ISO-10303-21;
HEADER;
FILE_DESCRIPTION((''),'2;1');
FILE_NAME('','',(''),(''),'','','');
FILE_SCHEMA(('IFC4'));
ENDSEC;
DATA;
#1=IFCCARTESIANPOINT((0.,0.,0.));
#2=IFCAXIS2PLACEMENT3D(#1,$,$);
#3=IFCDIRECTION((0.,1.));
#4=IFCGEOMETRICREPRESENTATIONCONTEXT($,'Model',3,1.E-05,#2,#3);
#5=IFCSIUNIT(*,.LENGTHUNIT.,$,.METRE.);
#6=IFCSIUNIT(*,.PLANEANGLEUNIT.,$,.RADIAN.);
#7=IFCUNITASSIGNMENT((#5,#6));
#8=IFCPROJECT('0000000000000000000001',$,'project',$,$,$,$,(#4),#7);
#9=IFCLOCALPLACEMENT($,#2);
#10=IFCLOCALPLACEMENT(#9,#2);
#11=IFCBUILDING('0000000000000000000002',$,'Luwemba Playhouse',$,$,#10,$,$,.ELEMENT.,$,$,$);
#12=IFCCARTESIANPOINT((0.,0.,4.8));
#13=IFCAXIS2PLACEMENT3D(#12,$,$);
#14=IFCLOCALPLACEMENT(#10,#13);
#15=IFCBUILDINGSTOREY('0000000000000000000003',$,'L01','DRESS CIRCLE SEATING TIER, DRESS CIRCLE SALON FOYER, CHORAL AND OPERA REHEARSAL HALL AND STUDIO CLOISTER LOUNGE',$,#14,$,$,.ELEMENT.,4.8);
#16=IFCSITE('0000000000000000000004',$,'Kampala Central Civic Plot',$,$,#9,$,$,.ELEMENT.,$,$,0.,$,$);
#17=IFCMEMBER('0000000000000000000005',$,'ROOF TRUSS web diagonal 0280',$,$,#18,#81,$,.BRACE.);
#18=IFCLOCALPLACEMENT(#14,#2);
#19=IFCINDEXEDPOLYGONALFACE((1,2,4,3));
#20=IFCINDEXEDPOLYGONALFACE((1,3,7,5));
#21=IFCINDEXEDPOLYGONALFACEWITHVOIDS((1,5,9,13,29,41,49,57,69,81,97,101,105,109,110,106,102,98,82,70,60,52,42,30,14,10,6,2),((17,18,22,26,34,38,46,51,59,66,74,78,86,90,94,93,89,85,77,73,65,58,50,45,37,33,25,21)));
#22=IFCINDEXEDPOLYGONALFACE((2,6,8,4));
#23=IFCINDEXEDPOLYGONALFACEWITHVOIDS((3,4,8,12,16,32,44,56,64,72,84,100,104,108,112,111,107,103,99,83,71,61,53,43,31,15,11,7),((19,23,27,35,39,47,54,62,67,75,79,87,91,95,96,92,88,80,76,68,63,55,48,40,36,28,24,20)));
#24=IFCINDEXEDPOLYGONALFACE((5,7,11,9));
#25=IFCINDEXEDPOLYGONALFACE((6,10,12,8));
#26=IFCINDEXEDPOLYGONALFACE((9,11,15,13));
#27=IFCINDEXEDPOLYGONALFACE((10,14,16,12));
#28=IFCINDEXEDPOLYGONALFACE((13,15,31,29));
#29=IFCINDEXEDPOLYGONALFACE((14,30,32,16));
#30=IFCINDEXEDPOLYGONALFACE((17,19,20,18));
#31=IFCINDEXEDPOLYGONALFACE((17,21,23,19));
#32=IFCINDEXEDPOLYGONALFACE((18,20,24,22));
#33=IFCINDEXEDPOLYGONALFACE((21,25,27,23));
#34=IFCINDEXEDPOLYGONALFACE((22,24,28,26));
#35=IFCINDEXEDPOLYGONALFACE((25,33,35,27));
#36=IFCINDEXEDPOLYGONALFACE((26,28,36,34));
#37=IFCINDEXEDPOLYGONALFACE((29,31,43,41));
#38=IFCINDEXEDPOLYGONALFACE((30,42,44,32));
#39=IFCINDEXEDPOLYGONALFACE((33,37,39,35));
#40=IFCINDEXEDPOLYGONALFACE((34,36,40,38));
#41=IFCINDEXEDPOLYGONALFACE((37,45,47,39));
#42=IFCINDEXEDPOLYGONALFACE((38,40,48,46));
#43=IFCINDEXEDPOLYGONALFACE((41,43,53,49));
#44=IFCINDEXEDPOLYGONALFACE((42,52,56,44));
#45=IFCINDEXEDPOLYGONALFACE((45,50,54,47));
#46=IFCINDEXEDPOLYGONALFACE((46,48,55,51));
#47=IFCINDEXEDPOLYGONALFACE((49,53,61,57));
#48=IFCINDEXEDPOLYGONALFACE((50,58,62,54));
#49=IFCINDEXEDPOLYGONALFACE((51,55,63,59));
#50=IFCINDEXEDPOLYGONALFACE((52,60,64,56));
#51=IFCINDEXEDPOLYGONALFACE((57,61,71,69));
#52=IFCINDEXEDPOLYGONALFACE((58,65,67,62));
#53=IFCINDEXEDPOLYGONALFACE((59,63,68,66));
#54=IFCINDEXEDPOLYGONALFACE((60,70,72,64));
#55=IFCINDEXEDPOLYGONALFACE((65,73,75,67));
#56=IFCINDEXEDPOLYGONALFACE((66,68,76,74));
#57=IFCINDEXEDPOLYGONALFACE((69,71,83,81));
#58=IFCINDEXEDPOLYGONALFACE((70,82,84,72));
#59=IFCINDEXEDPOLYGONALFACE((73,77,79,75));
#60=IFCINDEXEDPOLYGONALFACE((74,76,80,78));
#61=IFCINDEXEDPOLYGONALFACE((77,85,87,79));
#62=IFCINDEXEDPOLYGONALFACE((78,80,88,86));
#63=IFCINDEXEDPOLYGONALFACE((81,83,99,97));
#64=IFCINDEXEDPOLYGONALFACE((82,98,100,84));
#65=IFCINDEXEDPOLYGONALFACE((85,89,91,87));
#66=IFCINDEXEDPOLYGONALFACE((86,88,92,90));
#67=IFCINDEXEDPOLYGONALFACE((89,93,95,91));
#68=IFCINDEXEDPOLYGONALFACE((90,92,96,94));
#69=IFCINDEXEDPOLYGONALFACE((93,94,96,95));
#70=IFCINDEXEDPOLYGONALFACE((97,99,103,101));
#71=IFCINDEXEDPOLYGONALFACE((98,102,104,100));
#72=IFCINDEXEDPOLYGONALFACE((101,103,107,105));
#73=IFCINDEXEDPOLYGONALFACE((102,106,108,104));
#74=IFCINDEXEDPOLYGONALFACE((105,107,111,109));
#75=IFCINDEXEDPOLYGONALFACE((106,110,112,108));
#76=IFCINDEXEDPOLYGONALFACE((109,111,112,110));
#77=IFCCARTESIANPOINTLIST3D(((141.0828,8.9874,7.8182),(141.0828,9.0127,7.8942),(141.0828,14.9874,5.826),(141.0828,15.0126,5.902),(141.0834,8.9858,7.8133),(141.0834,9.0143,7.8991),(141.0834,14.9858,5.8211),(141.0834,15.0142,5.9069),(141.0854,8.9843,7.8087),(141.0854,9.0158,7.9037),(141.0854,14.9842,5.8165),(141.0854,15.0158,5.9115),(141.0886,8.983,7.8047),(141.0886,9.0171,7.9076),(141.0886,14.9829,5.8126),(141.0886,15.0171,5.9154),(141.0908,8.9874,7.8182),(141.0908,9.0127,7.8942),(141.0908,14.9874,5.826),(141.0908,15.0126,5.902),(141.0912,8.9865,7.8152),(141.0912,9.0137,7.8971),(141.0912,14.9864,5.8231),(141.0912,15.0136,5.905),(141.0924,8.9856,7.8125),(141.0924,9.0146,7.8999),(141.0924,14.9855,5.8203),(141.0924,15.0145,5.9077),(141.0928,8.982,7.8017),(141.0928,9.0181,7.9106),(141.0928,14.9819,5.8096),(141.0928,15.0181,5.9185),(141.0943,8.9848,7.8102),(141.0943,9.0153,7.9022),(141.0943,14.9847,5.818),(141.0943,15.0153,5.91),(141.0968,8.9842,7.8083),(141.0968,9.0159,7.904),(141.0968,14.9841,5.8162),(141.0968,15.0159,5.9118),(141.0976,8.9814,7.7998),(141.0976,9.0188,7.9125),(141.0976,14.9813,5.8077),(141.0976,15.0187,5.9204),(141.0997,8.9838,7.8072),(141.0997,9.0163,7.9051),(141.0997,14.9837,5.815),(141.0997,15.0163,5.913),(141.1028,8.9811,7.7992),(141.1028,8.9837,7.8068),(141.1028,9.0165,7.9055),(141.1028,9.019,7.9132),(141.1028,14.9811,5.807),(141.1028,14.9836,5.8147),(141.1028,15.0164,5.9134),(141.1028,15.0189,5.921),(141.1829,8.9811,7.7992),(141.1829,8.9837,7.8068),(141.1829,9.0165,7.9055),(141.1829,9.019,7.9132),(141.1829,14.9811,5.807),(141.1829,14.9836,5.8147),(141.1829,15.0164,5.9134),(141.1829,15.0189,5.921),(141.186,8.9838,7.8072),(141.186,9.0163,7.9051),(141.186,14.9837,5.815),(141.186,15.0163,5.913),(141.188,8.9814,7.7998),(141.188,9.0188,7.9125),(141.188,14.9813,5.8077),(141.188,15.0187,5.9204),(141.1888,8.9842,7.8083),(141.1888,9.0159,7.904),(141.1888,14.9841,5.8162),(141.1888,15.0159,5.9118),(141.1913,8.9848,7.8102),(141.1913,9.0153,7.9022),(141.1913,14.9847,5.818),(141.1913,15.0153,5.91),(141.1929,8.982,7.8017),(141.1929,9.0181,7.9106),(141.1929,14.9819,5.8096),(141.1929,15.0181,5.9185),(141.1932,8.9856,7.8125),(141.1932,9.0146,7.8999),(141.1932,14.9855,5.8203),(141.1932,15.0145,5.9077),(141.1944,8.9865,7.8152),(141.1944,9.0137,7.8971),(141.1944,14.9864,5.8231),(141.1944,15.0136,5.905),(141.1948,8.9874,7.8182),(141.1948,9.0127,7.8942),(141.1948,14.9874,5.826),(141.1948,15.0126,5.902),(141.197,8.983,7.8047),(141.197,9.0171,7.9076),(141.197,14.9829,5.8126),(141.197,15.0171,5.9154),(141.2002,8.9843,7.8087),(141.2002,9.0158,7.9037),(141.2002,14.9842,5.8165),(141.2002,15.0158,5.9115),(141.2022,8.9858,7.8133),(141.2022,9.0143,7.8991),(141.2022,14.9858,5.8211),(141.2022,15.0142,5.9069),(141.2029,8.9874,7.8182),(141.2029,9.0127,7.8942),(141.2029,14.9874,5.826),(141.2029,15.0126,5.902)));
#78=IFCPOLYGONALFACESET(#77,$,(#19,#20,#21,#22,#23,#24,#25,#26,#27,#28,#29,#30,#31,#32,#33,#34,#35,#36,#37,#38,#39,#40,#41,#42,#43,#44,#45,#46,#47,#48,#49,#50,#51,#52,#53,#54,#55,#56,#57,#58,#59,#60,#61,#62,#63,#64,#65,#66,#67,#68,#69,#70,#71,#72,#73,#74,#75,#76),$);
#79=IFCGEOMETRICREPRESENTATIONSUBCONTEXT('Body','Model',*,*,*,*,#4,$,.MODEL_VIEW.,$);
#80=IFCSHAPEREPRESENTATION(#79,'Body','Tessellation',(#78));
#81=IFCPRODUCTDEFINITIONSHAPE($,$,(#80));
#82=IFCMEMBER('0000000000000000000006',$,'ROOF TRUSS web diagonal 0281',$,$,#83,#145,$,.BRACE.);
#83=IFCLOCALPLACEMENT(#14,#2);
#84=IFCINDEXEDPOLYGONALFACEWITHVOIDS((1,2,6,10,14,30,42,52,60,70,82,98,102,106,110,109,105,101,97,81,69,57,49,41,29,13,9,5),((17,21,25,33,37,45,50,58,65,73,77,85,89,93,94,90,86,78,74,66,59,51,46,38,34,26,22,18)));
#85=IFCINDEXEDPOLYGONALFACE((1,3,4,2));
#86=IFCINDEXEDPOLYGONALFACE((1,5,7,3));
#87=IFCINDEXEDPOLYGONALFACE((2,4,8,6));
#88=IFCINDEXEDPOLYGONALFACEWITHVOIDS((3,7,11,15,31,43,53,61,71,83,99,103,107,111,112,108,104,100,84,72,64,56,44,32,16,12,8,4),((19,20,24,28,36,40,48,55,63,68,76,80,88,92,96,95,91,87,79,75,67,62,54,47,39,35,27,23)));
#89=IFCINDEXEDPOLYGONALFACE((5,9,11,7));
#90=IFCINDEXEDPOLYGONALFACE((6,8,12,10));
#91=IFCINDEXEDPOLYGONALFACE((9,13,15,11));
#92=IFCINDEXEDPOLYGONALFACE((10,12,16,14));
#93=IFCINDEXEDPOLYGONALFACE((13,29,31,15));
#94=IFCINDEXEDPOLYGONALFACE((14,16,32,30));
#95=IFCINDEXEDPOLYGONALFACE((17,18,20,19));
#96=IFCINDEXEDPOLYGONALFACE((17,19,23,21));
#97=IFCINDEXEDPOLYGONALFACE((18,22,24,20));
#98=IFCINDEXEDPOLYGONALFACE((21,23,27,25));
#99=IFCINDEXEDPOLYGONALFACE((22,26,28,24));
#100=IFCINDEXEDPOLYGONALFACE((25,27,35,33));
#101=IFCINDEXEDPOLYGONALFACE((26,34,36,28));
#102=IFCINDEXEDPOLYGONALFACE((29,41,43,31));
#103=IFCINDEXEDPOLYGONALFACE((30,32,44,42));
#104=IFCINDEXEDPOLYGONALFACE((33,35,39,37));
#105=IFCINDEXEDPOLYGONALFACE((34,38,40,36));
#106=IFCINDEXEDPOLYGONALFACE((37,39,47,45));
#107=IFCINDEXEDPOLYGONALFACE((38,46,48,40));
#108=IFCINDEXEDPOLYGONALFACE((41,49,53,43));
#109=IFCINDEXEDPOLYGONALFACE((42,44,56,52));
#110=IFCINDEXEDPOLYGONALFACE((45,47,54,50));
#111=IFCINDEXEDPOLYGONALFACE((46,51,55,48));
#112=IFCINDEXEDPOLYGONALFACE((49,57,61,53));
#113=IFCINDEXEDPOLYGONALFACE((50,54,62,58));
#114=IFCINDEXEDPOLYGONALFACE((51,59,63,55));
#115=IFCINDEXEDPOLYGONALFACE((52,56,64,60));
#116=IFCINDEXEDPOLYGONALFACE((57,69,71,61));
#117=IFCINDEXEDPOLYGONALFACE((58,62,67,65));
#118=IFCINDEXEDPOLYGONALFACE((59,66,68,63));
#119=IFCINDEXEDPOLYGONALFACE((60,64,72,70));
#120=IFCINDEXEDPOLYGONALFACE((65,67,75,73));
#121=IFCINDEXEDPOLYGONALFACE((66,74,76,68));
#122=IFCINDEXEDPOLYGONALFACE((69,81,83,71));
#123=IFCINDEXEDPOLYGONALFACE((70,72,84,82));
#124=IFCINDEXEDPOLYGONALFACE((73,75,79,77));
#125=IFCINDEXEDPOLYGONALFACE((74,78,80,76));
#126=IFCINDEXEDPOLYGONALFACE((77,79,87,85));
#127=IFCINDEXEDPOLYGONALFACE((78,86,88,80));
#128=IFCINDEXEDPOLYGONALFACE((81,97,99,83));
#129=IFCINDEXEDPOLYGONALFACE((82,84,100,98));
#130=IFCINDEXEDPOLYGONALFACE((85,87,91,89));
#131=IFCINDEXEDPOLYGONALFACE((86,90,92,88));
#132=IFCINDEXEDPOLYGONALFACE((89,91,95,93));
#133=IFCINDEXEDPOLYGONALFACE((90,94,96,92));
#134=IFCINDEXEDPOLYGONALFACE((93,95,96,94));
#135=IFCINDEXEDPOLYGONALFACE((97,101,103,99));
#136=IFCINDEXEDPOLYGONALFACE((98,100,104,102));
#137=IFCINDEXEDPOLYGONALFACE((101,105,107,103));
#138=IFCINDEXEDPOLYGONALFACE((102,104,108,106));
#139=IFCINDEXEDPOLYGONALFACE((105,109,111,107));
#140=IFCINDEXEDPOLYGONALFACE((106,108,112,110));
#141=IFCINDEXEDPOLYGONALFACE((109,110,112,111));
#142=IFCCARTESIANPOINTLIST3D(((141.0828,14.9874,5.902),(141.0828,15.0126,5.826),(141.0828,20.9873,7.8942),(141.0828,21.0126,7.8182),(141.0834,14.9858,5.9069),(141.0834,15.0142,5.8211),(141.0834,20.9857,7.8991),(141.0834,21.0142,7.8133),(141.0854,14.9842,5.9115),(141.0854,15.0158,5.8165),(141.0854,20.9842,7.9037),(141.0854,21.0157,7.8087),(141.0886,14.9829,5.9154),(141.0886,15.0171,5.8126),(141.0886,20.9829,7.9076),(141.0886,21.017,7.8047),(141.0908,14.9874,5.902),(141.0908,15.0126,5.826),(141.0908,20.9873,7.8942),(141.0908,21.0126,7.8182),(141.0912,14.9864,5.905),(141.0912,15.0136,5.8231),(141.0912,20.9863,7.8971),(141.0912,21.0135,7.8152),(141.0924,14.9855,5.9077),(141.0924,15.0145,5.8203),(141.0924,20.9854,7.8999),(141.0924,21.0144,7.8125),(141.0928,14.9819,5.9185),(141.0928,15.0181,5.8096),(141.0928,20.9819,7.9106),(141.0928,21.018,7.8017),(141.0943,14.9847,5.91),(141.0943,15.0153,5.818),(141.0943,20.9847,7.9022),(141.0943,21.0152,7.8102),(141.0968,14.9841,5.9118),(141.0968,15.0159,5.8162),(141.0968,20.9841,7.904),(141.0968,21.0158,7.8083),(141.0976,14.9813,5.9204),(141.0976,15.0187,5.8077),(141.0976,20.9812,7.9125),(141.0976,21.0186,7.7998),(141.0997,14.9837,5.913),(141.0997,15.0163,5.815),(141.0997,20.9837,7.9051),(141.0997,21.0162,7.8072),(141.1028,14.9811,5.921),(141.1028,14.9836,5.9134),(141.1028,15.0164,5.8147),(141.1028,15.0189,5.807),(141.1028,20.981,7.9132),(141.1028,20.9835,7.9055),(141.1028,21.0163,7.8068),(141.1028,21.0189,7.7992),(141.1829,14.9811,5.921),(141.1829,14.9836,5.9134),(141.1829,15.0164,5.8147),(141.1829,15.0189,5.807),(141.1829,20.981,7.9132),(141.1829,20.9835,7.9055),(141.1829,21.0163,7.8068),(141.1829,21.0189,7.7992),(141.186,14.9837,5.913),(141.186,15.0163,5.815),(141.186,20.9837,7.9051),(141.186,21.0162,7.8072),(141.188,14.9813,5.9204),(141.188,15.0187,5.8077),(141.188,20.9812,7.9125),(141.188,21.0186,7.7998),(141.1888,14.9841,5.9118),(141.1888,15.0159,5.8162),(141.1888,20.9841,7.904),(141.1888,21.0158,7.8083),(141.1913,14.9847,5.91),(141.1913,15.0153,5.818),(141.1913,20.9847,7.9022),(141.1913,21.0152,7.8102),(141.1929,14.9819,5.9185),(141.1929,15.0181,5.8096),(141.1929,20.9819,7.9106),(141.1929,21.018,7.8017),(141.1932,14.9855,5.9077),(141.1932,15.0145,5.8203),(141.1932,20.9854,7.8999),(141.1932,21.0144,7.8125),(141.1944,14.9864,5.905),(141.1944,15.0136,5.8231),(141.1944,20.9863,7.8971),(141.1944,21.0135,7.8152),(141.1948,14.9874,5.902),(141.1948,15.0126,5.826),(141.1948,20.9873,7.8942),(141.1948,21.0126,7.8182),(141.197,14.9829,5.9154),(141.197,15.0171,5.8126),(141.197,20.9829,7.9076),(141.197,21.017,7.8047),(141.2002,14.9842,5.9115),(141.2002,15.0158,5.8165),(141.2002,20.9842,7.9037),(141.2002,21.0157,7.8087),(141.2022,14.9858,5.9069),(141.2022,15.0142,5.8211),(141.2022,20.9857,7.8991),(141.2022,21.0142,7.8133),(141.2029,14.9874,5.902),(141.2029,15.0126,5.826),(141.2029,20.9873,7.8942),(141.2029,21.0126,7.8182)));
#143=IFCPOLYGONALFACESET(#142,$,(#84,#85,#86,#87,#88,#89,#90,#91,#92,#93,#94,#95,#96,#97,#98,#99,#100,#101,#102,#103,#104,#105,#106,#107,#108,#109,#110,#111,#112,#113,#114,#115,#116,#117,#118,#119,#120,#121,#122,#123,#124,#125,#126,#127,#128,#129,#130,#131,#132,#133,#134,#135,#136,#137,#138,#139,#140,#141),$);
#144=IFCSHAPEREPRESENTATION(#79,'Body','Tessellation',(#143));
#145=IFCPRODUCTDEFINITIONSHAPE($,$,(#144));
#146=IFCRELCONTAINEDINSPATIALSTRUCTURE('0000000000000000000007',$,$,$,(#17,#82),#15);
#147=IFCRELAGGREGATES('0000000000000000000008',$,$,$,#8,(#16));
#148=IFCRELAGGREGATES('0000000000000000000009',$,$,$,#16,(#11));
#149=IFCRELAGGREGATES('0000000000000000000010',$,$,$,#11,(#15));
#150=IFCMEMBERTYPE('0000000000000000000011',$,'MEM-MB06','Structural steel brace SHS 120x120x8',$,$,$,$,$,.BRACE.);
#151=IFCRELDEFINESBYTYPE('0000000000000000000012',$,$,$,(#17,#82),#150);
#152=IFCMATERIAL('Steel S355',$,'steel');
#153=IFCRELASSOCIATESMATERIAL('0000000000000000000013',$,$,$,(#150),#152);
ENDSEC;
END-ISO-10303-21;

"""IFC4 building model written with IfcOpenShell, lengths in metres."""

from ifc_helpers import new_model, si_unit, direction, frame, origin, origin_2d, place, context, subcontext, project, spatial, hollow_rectangle, extrude, material, material_profile, profile_set, type_object, element, save


model = new_model("IFC4")

# Units and contexts
model_context = context("Model", 3, precision=1e-05, world=origin(), true_north=direction((0.0, 1.0)))
body_context = subcontext(model_context, "Body", "Model", "MODEL_VIEW")
ifc_project = project(units=[si_unit("LENGTHUNIT", "METRE"), si_unit("PLANEANGLEUNIT", "RADIAN")], contexts=[model_context])

# Site, building, storey
site_placement = place(None, origin())
site = spatial("IfcSite", under=ifc_project, at=site_placement, Name="Kampala Central Civic Plot", CompositionType="ELEMENT", RefElevation=0.0)
building_placement = place(site_placement, origin())
building = spatial("IfcBuilding", under=site, at=building_placement, Name="Luwemba Playhouse", CompositionType="ELEMENT")
storey_placement = place(building_placement, frame((0.0, 0.0, 4.8)))
storey = spatial("IfcBuildingStorey", under=building, at=storey_placement, Name="L01", Description="DRESS CIRCLE SEATING TIER, DRESS CIRCLE SALON FOYER, CHORAL AND OPERA REHEARSAL HALL AND STUDIO CLOISTER LOUNGE", CompositionType="ELEMENT", Elevation=4.8)

# Shared definitions
ifc_material_1 = material(Name="Steel S355", Category="steel")

# Members
ifc_material_profile_1 = material_profile(ifc_material_1, hollow_rectangle(XDim=0.1201, YDim=0.1201, WallThickness=0.0081, InnerFilletRadius=0.012, OuterFilletRadius=0.02, at=origin_2d()))
ifc_profile_set_1 = profile_set([ifc_material_profile_1], Name="Steel S355")
member_type_1 = type_object("IfcMemberType", Name="MEM-MB06", Description="Structural steel brace SHS 120x120x8", PredefinedType="BRACE", material=ifc_profile_set_1)
for number, where, z_axis, x_axis, name in (
    (1, (141.1428, 15.0, 5.864), (0.0, -0.949053, 0.315115), (1.0, 0.0, 0.0), "ROOF TRUSS web diagonal 0280"),
    (2, (141.1428, 15.0, 5.864), (0.0, 0.949053, 0.315115), (-1.0, 0.0, 0.0), "ROOF TRUSS web diagonal 0281"),
):
    element("IfcMember", number, at=place(storey_placement, frame(where, z_axis=z_axis, x_axis=x_axis)), inside=storey, type_object=member_type_1, Name=name, PredefinedType="BRACE", context=body_context, shape_type="SweptSolid", body=[
        extrude(hollow_rectangle(XDim=0.1201, YDim=0.1201, WallThickness=0.0081, InnerFilletRadius=0.012, OuterFilletRadius=0.02, at=origin_2d()), origin(), (0.0, 0.0, 1.0), 6.322),
    ])

save(model, "model.ifc")
